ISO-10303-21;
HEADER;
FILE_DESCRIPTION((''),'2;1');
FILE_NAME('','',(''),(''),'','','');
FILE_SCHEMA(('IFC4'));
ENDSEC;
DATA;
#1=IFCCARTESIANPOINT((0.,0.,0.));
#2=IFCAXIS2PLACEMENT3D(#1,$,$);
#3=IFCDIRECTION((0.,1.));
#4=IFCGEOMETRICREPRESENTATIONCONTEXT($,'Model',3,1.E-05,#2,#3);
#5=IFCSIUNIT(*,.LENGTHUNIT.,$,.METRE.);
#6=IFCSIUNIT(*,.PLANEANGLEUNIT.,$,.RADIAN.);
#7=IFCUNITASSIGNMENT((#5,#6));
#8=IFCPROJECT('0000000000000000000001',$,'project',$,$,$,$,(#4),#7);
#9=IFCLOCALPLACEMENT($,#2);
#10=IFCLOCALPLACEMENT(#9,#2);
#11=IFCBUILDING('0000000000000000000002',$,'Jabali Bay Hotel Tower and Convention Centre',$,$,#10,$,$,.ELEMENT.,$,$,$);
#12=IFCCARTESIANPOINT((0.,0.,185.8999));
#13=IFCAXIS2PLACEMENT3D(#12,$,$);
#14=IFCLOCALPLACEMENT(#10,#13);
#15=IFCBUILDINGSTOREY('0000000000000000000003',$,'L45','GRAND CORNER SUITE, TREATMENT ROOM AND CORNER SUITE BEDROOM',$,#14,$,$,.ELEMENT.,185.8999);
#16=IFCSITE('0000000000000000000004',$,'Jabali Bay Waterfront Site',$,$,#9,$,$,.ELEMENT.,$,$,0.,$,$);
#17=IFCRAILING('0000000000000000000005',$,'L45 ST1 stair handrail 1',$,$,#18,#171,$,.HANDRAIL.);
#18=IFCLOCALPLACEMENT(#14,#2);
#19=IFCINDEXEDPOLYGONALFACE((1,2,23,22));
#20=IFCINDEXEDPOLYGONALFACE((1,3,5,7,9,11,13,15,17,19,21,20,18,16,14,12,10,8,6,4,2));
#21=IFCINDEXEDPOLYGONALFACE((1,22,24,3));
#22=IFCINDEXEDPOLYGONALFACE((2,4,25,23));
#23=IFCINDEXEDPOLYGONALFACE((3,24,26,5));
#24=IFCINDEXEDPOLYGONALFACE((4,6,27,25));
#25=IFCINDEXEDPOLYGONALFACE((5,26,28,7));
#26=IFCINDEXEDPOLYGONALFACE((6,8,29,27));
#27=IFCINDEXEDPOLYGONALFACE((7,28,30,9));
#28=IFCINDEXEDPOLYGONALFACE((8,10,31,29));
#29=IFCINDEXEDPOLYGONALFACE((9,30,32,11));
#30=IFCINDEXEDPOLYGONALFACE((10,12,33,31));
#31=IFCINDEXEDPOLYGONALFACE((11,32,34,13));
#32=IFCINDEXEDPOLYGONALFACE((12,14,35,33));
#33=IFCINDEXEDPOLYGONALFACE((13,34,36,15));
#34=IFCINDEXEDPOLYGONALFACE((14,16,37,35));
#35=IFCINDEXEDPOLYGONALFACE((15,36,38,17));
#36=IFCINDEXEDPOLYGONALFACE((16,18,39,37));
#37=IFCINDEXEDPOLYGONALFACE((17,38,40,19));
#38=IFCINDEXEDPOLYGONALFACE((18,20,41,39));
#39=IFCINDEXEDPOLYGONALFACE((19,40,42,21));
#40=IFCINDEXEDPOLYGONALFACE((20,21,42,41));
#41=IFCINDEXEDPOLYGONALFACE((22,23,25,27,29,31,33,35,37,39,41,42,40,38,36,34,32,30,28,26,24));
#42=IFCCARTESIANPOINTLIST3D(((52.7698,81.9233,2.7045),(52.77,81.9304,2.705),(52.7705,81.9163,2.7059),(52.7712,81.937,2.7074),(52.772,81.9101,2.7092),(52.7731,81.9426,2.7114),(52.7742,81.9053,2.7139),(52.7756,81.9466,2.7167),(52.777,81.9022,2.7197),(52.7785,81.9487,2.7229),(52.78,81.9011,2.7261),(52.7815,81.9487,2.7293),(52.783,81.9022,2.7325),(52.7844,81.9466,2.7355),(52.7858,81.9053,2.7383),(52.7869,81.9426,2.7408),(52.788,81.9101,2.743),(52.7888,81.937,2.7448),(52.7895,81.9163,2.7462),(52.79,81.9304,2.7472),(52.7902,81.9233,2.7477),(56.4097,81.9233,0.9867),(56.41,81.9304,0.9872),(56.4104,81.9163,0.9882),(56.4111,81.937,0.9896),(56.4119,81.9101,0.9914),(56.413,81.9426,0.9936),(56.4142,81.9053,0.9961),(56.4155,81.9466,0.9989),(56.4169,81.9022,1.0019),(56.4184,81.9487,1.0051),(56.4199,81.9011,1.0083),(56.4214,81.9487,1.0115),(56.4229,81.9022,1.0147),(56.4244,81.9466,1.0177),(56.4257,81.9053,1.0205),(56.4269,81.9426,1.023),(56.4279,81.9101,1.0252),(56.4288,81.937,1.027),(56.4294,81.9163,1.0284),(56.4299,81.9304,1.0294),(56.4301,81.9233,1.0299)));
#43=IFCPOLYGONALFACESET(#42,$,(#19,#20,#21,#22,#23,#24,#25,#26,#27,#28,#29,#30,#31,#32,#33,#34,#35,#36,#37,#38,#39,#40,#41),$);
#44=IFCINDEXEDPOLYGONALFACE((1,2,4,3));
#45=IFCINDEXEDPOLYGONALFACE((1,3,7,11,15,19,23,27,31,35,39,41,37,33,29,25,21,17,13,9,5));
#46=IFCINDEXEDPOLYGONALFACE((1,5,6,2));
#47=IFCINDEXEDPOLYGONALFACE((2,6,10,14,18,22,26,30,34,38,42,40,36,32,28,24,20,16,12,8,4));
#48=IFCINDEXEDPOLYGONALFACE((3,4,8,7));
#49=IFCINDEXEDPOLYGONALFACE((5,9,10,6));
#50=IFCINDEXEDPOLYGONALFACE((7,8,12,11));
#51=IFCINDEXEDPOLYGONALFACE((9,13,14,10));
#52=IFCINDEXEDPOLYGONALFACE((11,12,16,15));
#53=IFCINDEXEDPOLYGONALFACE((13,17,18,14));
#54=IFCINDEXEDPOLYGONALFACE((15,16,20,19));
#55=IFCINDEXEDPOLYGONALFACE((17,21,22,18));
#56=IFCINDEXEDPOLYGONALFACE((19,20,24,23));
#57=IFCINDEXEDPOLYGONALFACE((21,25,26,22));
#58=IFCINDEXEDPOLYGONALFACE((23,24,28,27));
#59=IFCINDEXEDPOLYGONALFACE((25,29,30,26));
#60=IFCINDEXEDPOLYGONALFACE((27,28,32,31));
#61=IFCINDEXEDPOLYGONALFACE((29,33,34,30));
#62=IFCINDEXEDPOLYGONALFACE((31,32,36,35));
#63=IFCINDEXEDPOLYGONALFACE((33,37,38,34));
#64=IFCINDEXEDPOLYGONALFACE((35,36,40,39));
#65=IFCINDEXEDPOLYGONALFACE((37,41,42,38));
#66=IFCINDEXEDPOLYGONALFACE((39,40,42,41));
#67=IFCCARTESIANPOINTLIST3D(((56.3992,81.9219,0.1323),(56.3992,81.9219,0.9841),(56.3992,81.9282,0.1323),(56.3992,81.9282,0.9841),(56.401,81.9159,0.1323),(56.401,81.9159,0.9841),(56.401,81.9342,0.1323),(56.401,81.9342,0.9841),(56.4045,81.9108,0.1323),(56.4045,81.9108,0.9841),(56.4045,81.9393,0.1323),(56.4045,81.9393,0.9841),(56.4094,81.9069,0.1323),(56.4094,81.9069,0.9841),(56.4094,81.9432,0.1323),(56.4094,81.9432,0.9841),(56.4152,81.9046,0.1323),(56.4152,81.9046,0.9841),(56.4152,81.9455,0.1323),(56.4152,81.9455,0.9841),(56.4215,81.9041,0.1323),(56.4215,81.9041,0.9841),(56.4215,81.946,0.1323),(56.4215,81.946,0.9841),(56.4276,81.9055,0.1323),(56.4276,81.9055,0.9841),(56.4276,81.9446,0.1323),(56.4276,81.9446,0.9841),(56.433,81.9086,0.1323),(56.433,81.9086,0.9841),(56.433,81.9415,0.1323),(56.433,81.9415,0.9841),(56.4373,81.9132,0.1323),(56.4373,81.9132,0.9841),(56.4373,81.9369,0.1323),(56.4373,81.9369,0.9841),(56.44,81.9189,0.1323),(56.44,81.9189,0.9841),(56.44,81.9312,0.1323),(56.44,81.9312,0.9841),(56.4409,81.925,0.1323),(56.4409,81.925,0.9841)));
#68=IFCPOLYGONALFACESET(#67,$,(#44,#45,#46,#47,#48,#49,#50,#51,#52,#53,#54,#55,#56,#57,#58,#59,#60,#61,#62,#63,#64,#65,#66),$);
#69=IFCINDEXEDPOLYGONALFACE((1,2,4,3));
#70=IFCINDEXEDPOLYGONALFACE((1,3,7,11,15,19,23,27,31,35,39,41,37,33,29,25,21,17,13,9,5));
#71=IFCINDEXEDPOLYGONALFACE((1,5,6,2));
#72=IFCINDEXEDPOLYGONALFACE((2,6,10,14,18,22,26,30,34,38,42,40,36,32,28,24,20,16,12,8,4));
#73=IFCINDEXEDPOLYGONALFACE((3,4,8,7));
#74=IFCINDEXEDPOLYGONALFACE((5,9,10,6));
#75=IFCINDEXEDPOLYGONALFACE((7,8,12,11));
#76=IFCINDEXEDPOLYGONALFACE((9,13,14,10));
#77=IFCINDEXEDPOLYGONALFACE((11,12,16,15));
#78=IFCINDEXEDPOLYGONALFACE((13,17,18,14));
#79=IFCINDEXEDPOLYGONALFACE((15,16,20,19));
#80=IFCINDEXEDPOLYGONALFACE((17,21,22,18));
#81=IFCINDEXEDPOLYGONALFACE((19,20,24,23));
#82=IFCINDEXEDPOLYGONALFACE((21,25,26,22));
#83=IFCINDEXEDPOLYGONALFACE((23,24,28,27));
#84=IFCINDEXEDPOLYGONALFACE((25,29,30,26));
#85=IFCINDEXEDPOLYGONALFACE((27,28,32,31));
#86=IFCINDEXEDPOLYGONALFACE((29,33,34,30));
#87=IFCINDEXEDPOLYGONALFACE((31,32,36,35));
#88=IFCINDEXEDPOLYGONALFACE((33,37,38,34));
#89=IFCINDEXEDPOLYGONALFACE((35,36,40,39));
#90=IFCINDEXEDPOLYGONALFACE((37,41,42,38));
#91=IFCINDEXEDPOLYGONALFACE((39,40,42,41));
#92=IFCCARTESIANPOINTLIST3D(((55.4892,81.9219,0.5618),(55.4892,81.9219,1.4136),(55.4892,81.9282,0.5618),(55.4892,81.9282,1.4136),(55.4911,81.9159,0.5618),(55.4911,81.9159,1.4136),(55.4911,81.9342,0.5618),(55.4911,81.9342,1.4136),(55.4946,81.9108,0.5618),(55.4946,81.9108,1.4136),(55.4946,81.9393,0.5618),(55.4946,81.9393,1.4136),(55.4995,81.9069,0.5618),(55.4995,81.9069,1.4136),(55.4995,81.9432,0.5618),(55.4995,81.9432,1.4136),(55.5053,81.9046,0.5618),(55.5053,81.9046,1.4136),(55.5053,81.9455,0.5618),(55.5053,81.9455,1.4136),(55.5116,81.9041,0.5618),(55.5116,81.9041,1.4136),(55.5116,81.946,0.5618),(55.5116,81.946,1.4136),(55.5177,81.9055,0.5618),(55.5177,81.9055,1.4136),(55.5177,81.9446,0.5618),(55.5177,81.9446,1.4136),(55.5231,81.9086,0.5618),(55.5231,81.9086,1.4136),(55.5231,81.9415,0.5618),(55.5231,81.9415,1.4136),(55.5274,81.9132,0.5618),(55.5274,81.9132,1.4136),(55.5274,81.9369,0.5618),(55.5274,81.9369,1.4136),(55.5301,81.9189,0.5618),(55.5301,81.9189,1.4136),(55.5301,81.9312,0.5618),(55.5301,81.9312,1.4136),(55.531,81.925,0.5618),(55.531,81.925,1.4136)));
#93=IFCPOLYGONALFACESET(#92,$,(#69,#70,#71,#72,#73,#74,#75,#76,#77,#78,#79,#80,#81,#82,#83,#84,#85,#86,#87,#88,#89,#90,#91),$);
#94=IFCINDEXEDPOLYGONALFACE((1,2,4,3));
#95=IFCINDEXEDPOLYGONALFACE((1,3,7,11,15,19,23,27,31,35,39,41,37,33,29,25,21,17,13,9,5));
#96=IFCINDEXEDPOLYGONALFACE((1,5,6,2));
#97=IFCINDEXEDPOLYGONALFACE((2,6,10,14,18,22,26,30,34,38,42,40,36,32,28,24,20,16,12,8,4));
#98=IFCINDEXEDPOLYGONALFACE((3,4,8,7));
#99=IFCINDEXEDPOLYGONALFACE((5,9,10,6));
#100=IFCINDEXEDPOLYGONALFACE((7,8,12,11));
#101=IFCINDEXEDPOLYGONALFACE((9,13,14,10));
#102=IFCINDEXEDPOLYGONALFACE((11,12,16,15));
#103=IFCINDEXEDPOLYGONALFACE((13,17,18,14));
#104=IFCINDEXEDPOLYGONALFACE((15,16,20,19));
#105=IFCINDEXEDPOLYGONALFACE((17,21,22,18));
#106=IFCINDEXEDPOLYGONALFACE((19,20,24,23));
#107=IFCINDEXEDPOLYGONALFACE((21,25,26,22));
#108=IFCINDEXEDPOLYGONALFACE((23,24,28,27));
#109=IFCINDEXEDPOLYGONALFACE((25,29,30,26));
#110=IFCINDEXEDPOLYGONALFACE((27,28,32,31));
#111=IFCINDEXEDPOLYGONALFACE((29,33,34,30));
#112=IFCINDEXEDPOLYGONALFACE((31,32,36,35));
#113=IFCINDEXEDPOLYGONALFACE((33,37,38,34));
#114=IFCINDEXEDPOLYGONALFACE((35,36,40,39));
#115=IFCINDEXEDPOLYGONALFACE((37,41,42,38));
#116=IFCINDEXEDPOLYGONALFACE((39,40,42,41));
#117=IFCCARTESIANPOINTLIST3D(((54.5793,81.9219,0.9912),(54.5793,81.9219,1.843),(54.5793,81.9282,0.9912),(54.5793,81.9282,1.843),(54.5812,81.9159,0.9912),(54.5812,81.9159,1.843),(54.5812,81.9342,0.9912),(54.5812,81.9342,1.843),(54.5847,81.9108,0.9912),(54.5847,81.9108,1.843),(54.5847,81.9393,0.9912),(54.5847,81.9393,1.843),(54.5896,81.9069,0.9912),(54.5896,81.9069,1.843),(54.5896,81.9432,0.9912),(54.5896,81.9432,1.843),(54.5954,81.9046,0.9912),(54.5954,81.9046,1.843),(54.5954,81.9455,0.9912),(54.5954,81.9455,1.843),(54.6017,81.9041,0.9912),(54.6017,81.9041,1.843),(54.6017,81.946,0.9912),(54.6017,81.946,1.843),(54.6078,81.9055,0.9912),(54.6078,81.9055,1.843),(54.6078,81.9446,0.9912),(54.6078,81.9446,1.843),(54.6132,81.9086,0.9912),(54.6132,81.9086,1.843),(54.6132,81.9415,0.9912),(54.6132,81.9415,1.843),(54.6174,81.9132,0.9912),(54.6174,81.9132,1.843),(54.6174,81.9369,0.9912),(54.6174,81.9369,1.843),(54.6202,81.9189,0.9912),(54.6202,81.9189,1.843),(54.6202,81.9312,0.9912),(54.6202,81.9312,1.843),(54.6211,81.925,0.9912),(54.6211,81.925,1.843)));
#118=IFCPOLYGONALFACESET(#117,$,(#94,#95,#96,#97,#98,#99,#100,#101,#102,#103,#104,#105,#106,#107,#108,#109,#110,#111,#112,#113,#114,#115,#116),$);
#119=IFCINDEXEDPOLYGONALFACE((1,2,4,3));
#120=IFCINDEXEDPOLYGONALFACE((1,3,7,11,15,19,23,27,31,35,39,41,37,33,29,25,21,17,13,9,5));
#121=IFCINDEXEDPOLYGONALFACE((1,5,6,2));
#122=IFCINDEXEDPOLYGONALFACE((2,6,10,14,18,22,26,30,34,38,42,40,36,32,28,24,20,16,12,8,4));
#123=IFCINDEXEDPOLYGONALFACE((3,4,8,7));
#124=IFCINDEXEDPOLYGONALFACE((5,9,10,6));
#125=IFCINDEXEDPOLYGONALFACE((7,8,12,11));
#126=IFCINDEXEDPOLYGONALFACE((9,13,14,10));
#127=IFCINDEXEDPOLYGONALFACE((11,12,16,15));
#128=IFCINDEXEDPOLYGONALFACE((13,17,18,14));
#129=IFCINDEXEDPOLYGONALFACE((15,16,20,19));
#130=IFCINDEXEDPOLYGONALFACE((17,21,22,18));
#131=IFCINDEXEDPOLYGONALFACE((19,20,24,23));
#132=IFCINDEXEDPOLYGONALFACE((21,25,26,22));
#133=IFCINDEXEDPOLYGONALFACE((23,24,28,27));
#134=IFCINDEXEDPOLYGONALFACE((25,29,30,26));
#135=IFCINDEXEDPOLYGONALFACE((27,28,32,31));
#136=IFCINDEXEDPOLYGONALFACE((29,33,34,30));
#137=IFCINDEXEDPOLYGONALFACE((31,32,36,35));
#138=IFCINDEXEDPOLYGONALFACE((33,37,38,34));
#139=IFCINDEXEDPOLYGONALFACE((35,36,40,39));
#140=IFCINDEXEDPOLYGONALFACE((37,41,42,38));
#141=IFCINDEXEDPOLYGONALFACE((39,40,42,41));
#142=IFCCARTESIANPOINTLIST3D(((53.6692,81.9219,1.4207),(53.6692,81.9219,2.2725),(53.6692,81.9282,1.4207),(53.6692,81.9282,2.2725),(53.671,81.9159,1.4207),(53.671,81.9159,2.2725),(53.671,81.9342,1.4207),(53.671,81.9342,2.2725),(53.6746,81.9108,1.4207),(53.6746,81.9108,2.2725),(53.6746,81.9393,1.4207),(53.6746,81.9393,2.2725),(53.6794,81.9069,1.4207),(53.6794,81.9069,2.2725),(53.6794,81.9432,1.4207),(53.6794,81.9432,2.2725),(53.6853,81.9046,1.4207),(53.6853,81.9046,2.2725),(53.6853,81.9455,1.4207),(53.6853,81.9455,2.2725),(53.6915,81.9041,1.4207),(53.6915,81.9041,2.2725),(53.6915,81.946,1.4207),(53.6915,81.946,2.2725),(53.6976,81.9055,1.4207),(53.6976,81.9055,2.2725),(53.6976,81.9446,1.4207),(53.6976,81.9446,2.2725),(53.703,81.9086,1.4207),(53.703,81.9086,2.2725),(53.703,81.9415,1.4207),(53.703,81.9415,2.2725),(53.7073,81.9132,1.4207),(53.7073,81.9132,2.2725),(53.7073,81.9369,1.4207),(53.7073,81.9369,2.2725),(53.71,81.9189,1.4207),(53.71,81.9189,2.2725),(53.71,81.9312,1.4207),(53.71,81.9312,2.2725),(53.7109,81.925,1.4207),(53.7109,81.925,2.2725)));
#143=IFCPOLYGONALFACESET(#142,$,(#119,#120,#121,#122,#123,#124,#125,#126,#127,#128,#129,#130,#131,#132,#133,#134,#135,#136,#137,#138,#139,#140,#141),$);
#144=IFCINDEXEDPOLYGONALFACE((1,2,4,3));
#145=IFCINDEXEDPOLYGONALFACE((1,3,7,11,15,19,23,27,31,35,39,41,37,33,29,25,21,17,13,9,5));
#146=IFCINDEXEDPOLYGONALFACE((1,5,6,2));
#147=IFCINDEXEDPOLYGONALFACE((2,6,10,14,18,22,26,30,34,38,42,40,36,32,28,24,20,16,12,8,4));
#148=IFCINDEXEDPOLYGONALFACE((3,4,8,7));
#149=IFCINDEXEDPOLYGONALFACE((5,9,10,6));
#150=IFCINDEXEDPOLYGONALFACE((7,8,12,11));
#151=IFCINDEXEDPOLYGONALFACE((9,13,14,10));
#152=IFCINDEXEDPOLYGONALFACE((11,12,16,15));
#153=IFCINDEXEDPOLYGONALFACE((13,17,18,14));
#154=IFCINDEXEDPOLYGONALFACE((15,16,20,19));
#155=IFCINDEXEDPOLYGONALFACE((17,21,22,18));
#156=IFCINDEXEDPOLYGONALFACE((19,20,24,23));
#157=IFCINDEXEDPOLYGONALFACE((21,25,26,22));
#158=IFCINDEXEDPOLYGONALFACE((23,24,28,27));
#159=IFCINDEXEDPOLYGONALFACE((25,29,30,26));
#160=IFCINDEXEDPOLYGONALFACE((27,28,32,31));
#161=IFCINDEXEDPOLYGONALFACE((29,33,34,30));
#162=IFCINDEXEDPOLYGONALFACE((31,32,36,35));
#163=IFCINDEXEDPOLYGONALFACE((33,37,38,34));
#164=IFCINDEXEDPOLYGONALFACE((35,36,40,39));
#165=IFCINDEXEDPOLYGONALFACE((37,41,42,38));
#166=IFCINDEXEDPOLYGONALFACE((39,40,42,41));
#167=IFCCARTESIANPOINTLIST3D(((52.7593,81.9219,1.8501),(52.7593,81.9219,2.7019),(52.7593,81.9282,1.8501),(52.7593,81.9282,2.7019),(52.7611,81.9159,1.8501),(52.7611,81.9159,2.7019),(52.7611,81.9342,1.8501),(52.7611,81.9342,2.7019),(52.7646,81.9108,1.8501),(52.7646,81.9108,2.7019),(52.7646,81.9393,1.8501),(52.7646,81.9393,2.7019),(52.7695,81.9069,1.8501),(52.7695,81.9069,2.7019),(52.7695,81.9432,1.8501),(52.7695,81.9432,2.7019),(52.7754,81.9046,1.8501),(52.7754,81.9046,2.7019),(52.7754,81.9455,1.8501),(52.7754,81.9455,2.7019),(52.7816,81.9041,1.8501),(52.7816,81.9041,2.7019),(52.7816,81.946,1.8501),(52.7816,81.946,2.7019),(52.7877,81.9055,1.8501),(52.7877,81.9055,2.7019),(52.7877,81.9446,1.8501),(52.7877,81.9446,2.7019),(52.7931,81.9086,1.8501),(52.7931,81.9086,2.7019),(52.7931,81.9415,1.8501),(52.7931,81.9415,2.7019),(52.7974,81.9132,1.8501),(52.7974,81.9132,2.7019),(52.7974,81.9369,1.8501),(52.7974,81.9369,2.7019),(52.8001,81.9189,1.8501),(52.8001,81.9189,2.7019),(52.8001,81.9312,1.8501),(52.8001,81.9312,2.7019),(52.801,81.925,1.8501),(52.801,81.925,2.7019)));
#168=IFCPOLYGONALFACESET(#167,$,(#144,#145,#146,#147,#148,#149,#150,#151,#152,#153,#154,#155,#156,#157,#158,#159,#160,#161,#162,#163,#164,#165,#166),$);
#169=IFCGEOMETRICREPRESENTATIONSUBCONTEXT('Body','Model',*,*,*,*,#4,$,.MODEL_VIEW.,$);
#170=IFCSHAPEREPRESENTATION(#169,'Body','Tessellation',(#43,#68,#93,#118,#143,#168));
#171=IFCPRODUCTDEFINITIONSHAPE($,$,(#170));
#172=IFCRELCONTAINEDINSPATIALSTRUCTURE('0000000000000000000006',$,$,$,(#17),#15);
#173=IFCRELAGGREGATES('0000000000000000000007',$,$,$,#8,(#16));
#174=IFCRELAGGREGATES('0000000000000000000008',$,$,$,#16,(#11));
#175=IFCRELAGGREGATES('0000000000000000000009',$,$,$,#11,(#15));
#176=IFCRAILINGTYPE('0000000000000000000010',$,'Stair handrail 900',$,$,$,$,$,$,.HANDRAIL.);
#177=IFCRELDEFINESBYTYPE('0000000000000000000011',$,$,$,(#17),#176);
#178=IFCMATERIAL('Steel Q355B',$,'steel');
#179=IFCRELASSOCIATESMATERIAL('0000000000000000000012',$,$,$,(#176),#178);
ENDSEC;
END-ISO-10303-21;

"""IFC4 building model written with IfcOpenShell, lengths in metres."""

from ifc_helpers import new_model, si_unit, direction, frame, origin, origin_2d, place, context, subcontext, project, spatial, circle, extrude, material, type_object, element, save


model = new_model("IFC4")

# Units and contexts
model_context = context("Model", 3, precision=1e-05, world=origin(), true_north=direction((0.0, 1.0)))
body_context = subcontext(model_context, "Body", "Model", "MODEL_VIEW")
ifc_project = project(units=[si_unit("LENGTHUNIT", "METRE"), si_unit("PLANEANGLEUNIT", "RADIAN")], contexts=[model_context])

# Site, building, storey
site_placement = place(None, origin())
site = spatial("IfcSite", under=ifc_project, at=site_placement, Name="Jabali Bay Waterfront Site", CompositionType="ELEMENT", RefElevation=0.0)
building_placement = place(site_placement, origin())
building = spatial("IfcBuilding", under=site, at=building_placement, Name="Jabali Bay Hotel Tower and Convention Centre", CompositionType="ELEMENT")
storey_placement = place(building_placement, frame((0.0, 0.0, 185.8999)))
storey = spatial("IfcBuildingStorey", under=building, at=storey_placement, Name="L45", Description="GRAND CORNER SUITE, TREATMENT ROOM AND CORNER SUITE BEDROOM", CompositionType="ELEMENT", Elevation=185.8999)

# Railing
ifc_material_1 = material(Name="Steel Q355B", Category="steel")
railing_type_1 = type_object("IfcRailingType", Name="Stair handrail 900", PredefinedType="HANDRAIL", material=ifc_material_1)
railing_1_placement = place(storey_placement, frame((56.4199, 81.925, 0.1323)))
element("IfcRailing", 1, at=railing_1_placement, inside=storey, type_object=railing_type_1, Name="L45 ST1 stair handrail 1", PredefinedType="HANDRAIL", context=body_context, shape_type="SweptSolid", body=[
    extrude(circle(Radius=0.0239, at=origin_2d()), frame((0.0, 0.0, 0.876), z_axis=(-0.904351, 0.0, 0.42679), x_axis=(0.0, -1.0, 0.0)), (0.0, 0.0, 1.0), 4.0249),
    extrude(circle(Radius=0.021, at=origin_2d()), origin(), (0.0, 0.0, 1.0), 0.8518),
    extrude(circle(Radius=0.021, at=origin_2d()), frame((-0.9099, 0.0, 0.4294)), (0.0, 0.0, 1.0), 0.8518),
    extrude(circle(Radius=0.021, at=origin_2d()), frame((-1.8198, 0.0, 0.8589)), (0.0, 0.0, 1.0), 0.8518),
    extrude(circle(Radius=0.021, at=origin_2d()), frame((-2.73, 0.0, 1.2883)), (0.0, 0.0, 1.0), 0.8518),
    extrude(circle(Radius=0.021, at=origin_2d()), frame((-3.6399, 0.0, 1.7178)), (0.0, 0.0, 1.0), 0.8518),
])

save(model, "model.ifc")
